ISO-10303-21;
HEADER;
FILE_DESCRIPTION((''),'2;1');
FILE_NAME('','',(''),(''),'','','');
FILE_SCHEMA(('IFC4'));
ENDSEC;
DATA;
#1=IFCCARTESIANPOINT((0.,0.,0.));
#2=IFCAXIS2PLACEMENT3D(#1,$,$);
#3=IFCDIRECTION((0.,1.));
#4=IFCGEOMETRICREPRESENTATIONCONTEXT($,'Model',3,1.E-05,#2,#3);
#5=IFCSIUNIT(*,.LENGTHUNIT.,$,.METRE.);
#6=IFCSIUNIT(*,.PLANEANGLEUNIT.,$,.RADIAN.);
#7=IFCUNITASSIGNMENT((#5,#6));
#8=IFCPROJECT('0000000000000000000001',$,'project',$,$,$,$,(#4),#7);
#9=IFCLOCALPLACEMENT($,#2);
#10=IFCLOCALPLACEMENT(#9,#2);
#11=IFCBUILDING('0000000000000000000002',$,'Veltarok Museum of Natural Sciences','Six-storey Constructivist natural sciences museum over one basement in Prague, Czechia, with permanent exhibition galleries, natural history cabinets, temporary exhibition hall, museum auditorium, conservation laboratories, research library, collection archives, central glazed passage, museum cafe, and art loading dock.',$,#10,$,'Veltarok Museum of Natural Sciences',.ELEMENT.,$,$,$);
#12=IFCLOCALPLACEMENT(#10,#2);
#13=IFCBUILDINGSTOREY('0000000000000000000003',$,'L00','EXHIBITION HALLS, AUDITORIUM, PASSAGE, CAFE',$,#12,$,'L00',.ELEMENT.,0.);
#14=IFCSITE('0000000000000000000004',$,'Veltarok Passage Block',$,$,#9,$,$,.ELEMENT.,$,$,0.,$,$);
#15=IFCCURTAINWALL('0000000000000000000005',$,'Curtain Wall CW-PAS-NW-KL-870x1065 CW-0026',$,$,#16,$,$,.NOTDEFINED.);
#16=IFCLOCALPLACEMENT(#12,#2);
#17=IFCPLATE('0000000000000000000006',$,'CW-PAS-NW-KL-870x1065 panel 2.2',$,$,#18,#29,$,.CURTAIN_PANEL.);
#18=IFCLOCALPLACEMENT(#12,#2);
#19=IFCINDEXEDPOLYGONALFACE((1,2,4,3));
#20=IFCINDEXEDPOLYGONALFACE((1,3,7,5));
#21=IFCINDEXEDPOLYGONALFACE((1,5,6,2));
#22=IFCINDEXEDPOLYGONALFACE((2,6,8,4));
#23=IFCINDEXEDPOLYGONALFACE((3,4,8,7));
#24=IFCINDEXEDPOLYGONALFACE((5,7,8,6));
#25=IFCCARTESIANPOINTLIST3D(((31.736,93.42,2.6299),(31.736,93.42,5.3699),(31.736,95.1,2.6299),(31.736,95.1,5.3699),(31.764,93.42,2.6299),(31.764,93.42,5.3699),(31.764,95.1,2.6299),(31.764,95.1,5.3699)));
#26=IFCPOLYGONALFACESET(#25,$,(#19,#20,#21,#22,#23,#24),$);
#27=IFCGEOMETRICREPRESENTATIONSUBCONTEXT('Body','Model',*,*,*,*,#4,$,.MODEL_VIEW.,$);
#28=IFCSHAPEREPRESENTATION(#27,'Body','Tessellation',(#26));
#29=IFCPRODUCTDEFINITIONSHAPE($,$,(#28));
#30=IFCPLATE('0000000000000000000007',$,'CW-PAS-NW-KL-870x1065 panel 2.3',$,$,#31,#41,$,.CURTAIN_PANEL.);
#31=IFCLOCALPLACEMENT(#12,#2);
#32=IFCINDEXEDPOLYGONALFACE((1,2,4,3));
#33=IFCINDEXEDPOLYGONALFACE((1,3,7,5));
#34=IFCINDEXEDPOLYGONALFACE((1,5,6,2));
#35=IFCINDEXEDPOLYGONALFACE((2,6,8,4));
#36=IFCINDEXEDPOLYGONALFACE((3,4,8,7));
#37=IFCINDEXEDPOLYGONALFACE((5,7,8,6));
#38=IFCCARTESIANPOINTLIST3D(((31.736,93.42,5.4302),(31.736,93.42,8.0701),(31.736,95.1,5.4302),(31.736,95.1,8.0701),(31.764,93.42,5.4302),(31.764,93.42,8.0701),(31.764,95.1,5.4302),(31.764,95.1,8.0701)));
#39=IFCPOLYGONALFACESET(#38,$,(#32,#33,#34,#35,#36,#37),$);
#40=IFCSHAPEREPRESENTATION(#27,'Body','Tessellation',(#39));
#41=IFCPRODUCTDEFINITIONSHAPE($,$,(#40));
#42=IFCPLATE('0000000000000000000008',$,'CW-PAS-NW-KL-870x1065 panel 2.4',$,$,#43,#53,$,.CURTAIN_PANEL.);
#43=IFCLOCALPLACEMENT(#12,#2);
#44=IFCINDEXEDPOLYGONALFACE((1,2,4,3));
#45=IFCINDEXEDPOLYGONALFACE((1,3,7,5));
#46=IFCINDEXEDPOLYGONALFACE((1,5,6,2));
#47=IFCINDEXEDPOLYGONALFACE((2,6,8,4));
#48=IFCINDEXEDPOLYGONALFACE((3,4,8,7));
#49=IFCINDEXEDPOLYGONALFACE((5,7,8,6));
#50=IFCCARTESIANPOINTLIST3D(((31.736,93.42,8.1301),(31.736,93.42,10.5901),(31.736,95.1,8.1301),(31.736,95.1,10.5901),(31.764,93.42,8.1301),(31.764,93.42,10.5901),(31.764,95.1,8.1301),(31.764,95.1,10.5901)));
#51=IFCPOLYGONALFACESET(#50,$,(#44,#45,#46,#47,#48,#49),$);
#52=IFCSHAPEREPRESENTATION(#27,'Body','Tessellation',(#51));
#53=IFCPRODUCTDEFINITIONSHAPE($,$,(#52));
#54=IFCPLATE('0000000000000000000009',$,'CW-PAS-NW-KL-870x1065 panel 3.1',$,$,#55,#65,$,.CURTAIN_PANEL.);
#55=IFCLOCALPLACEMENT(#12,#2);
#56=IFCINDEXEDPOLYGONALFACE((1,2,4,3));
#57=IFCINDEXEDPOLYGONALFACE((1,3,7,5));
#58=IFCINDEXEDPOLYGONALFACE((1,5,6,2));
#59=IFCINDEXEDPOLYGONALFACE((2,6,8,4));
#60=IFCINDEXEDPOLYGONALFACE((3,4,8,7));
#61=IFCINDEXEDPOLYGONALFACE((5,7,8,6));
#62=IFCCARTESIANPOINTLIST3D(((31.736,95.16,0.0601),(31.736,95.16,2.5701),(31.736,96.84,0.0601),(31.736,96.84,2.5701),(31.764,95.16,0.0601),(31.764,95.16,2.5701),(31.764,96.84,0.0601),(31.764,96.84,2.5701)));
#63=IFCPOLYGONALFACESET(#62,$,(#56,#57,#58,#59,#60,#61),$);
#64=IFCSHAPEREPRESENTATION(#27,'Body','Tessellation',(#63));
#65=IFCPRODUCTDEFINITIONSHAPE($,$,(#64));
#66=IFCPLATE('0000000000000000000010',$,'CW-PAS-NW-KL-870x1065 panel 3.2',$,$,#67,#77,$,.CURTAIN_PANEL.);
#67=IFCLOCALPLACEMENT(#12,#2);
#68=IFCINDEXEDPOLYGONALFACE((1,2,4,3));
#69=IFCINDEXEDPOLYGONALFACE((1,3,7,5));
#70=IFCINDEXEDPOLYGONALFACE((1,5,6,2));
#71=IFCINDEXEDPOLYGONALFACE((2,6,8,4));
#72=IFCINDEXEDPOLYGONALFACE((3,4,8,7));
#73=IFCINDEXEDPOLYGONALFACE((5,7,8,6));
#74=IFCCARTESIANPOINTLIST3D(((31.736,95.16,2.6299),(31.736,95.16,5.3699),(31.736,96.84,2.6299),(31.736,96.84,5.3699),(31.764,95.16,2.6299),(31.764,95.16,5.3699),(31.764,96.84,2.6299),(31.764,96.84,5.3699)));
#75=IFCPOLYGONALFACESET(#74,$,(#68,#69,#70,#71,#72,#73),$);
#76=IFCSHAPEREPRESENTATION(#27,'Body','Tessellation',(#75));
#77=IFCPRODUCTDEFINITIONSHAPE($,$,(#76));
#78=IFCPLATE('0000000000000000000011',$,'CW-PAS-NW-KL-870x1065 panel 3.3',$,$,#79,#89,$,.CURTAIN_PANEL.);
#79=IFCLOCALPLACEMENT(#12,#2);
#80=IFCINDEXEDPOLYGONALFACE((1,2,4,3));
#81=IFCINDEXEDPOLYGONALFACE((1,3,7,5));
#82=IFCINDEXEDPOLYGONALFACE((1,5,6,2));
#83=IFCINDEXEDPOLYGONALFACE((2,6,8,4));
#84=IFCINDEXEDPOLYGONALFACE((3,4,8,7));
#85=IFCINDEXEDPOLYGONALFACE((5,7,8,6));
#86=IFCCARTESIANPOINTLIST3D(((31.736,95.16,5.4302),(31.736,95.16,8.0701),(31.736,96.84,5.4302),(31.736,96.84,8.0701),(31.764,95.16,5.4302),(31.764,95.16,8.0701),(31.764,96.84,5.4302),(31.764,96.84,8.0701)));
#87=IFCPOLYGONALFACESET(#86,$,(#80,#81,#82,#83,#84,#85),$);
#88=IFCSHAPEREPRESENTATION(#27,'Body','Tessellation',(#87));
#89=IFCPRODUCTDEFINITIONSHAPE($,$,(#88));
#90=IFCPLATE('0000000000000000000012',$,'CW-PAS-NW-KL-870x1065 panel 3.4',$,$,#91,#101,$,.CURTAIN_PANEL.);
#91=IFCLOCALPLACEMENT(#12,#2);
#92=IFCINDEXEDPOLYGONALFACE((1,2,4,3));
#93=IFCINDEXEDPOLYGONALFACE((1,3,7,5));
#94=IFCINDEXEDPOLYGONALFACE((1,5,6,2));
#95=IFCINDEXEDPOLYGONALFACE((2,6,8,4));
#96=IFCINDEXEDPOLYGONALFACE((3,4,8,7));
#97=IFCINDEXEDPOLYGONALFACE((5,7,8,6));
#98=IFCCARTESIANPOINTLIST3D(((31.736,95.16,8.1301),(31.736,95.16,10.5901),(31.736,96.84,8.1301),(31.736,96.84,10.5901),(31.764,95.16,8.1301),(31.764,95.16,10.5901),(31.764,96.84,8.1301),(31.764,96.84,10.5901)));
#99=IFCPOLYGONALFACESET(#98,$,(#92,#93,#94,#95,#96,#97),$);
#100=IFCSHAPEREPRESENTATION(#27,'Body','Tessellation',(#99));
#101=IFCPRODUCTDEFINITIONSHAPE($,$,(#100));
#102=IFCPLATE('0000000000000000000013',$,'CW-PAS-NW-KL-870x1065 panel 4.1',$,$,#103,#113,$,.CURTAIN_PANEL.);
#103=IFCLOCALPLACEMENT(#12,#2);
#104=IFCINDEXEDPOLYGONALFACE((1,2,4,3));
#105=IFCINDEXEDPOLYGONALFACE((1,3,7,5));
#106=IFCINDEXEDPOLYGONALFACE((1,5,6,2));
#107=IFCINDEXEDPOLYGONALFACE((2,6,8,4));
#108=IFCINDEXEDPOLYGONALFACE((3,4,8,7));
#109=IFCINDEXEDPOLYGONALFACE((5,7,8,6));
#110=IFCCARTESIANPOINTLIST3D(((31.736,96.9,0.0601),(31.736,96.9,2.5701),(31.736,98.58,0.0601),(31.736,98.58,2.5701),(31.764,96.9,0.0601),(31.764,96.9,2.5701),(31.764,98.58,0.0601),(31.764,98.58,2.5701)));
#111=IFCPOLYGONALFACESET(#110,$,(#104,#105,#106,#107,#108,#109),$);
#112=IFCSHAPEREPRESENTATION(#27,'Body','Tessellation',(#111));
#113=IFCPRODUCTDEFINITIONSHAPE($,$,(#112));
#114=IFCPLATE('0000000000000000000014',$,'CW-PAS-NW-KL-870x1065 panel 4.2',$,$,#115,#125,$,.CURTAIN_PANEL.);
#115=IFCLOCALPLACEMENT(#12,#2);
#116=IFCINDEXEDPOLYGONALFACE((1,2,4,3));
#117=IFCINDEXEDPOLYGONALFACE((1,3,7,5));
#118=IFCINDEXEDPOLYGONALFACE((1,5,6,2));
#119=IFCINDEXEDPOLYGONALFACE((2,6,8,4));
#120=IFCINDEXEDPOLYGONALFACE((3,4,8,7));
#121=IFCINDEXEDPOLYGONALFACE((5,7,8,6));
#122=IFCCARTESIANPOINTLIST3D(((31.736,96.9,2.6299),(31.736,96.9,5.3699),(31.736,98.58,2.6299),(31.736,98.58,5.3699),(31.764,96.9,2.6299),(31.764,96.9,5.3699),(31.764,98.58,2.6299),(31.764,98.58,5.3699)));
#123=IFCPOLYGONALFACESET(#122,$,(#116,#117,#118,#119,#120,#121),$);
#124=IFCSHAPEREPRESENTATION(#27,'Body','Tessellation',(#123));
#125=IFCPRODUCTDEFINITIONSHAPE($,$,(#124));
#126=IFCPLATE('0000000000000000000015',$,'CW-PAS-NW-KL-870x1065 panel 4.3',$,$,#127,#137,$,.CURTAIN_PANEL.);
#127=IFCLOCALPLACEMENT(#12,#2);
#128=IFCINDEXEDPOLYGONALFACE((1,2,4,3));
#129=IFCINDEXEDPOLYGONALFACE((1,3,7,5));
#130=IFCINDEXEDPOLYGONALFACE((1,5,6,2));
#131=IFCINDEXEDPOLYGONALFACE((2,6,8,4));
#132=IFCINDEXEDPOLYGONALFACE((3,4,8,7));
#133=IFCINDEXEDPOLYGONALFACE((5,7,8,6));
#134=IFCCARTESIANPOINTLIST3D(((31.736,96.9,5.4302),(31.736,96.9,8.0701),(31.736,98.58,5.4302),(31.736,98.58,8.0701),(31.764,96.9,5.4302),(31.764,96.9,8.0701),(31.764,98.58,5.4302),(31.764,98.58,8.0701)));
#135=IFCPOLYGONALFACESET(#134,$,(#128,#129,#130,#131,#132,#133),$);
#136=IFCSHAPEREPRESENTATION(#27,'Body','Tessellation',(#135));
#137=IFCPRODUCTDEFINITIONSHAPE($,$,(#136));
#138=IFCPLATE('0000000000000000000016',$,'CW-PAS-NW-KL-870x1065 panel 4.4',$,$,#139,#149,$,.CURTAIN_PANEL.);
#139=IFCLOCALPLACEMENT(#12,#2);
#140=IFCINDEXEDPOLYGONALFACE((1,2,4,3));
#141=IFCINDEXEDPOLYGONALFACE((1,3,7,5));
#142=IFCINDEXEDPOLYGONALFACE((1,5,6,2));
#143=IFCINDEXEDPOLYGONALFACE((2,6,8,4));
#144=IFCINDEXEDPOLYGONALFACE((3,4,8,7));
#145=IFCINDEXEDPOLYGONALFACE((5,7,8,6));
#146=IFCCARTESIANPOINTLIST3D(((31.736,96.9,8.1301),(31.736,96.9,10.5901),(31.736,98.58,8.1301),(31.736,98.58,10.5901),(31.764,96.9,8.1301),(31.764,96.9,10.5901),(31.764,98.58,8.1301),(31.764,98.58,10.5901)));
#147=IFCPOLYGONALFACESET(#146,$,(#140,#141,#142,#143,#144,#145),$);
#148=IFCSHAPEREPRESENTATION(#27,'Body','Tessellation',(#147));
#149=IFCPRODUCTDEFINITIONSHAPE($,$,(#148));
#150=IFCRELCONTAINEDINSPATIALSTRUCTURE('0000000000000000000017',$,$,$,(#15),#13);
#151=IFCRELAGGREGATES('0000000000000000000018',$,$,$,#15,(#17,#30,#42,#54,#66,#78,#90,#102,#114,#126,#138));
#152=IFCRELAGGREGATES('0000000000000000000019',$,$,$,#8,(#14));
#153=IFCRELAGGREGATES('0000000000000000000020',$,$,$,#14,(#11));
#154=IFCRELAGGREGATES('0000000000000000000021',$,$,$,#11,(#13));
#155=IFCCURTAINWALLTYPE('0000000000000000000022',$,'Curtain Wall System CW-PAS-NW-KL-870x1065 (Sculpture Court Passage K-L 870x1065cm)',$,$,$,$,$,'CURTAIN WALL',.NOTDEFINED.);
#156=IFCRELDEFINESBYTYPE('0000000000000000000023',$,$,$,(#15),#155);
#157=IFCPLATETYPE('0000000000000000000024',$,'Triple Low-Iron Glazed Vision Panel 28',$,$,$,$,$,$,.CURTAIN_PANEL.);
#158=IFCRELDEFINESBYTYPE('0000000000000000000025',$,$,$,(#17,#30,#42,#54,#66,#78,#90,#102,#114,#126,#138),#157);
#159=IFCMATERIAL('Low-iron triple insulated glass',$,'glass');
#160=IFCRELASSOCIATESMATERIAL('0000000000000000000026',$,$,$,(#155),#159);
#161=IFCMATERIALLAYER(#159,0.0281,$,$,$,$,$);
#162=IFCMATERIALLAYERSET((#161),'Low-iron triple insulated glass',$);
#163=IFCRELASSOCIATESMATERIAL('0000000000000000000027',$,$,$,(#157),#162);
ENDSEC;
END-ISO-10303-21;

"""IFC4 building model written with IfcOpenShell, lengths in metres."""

from ifc_helpers import new_model, si_unit, direction, frame, origin, origin_2d, place, context, subcontext, project, spatial, rectangle, extrude, material, layer, layer_set, type_object, element, aggregate, save


model = new_model("IFC4")

# Units and contexts
model_context = context("Model", 3, precision=1e-05, world=origin(), true_north=direction((0.0, 1.0)))
body_context = subcontext(model_context, "Body", "Model", "MODEL_VIEW")
ifc_project = project(units=[si_unit("LENGTHUNIT", "METRE"), si_unit("PLANEANGLEUNIT", "RADIAN")], contexts=[model_context])

# Site, building, storey
site_placement = place(None, origin())
site = spatial("IfcSite", under=ifc_project, at=site_placement, Name="Veltarok Passage Block", CompositionType="ELEMENT", RefElevation=0.0)
building_placement = place(site_placement, origin())
building = spatial("IfcBuilding", under=site, at=building_placement, Name="Veltarok Museum of Natural Sciences", Description="Six-storey Constructivist natural sciences museum over one basement in Prague, Czechia, with permanent exhibition galleries, natural history cabinets, temporary exhibition hall, museum auditorium, conservation laboratories, research library, collection archives, central glazed passage, museum cafe, and art loading dock.", LongName="Veltarok Museum of Natural Sciences", CompositionType="ELEMENT")
storey_placement = place(building_placement, origin())
storey = spatial("IfcBuildingStorey", under=building, at=storey_placement, Name="L00", Description="EXHIBITION HALLS, AUDITORIUM, PASSAGE, CAFE", LongName="L00", CompositionType="ELEMENT", Elevation=0.0)

# Curtain wall
ifc_material_1 = material(Name="Low-iron triple insulated glass", Category="glass")
curtain_wall_type_1 = type_object("IfcCurtainWallType", Name="Curtain Wall System CW-PAS-NW-KL-870x1065 (Sculpture Court Passage K-L 870x1065cm)", ElementType="CURTAIN WALL", PredefinedType="NOTDEFINED", material=ifc_material_1)
curtain_wall_1_placement = place(storey_placement, origin())
curtain_wall_1 = element("IfcCurtainWall", 1, at=curtain_wall_1_placement, inside=storey, type_object=curtain_wall_type_1, Name="Curtain Wall CW-PAS-NW-KL-870x1065 CW-0026", PredefinedType="NOTDEFINED")

# Plates
ifc_layer = layer(ifc_material_1, 0.0281)
ifc_layer_set = layer_set([ifc_layer], Name="Low-iron triple insulated glass")
plate_type = type_object("IfcPlateType", Name="Triple Low-Iron Glazed Vision Panel 28", PredefinedType="CURTAIN_PANEL", material=ifc_layer_set)
plate_1_placement = place(storey_placement, frame((31.75, 94.26, 2.6299), z_axis=(0.0, 0.0, 1.0), x_axis=(0.0, 1.0, 0.0)))
plate_1 = element("IfcPlate", 2, at=plate_1_placement, type_object=plate_type, Name="CW-PAS-NW-KL-870x1065 panel 2.2", PredefinedType="CURTAIN_PANEL", context=body_context, shape_type="SweptSolid", body=[
    extrude(rectangle(XDim=1.6799, YDim=0.0281, at=origin_2d()), origin(), (0.0, 0.0, 1.0), 2.74),
])
plate_2_placement = place(storey_placement, frame((31.75, 94.26, 5.4302), z_axis=(0.0, 0.0, 1.0), x_axis=(0.0, 1.0, 0.0)))
plate_2 = element("IfcPlate", 3, at=plate_2_placement, type_object=plate_type, Name="CW-PAS-NW-KL-870x1065 panel 2.3", PredefinedType="CURTAIN_PANEL", context=body_context, shape_type="SweptSolid", body=[
    extrude(rectangle(XDim=1.6799, YDim=0.0281, at=origin_2d()), origin(), (0.0, 0.0, 1.0), 2.6399),
])
plate_3_placement = place(storey_placement, frame((31.75, 94.26, 8.1301), z_axis=(0.0, 0.0, 1.0), x_axis=(0.0, 1.0, 0.0)))
plate_3 = element("IfcPlate", 4, at=plate_3_placement, type_object=plate_type, Name="CW-PAS-NW-KL-870x1065 panel 2.4", PredefinedType="CURTAIN_PANEL", context=body_context, shape_type="SweptSolid", body=[
    extrude(rectangle(XDim=1.6799, YDim=0.0281, at=origin_2d()), origin(), (0.0, 0.0, 1.0), 2.46),
])
plate_4_placement = place(storey_placement, frame((31.75, 96.0, 0.0601), z_axis=(0.0, 0.0, 1.0), x_axis=(0.0, 1.0, 0.0)))
plate_4 = element("IfcPlate", 5, at=plate_4_placement, type_object=plate_type, Name="CW-PAS-NW-KL-870x1065 panel 3.1", PredefinedType="CURTAIN_PANEL", context=body_context, shape_type="SweptSolid", body=[
    extrude(rectangle(XDim=1.6799, YDim=0.0281, at=origin_2d()), origin(), (0.0, 0.0, 1.0), 2.51),
])
plate_5_placement = place(storey_placement, frame((31.75, 96.0, 2.6299), z_axis=(0.0, 0.0, 1.0), x_axis=(0.0, 1.0, 0.0)))
plate_5 = element("IfcPlate", 6, at=plate_5_placement, type_object=plate_type, Name="CW-PAS-NW-KL-870x1065 panel 3.2", PredefinedType="CURTAIN_PANEL", context=body_context, shape_type="SweptSolid", body=[
    extrude(rectangle(XDim=1.6799, YDim=0.0281, at=origin_2d()), origin(), (0.0, 0.0, 1.0), 2.74),
])
plate_6_placement = place(storey_placement, frame((31.75, 96.0, 5.4302), z_axis=(0.0, 0.0, 1.0), x_axis=(0.0, 1.0, 0.0)))
plate_6 = element("IfcPlate", 7, at=plate_6_placement, type_object=plate_type, Name="CW-PAS-NW-KL-870x1065 panel 3.3", PredefinedType="CURTAIN_PANEL", context=body_context, shape_type="SweptSolid", body=[
    extrude(rectangle(XDim=1.6799, YDim=0.0281, at=origin_2d()), origin(), (0.0, 0.0, 1.0), 2.6399),
])
plate_7_placement = place(storey_placement, frame((31.75, 96.0, 8.1301), z_axis=(0.0, 0.0, 1.0), x_axis=(0.0, 1.0, 0.0)))
plate_7 = element("IfcPlate", 8, at=plate_7_placement, type_object=plate_type, Name="CW-PAS-NW-KL-870x1065 panel 3.4", PredefinedType="CURTAIN_PANEL", context=body_context, shape_type="SweptSolid", body=[
    extrude(rectangle(XDim=1.6799, YDim=0.0281, at=origin_2d()), origin(), (0.0, 0.0, 1.0), 2.46),
])
plate_8_placement = place(storey_placement, frame((31.75, 97.74, 0.0601), z_axis=(0.0, 0.0, 1.0), x_axis=(0.0, 1.0, 0.0)))
plate_8 = element("IfcPlate", 9, at=plate_8_placement, type_object=plate_type, Name="CW-PAS-NW-KL-870x1065 panel 4.1", PredefinedType="CURTAIN_PANEL", context=body_context, shape_type="SweptSolid", body=[
    extrude(rectangle(XDim=1.6799, YDim=0.0281, at=origin_2d()), origin(), (0.0, 0.0, 1.0), 2.51),
])
plate_9_placement = place(storey_placement, frame((31.75, 97.74, 2.6299), z_axis=(0.0, 0.0, 1.0), x_axis=(0.0, 1.0, 0.0)))
plate_9 = element("IfcPlate", 10, at=plate_9_placement, type_object=plate_type, Name="CW-PAS-NW-KL-870x1065 panel 4.2", PredefinedType="CURTAIN_PANEL", context=body_context, shape_type="SweptSolid", body=[
    extrude(rectangle(XDim=1.6799, YDim=0.0281, at=origin_2d()), origin(), (0.0, 0.0, 1.0), 2.74),
])
plate_10_placement = place(storey_placement, frame((31.75, 97.74, 5.4302), z_axis=(0.0, 0.0, 1.0), x_axis=(0.0, 1.0, 0.0)))
plate_10 = element("IfcPlate", 11, at=plate_10_placement, type_object=plate_type, Name="CW-PAS-NW-KL-870x1065 panel 4.3", PredefinedType="CURTAIN_PANEL", context=body_context, shape_type="SweptSolid", body=[
    extrude(rectangle(XDim=1.6799, YDim=0.0281, at=origin_2d()), origin(), (0.0, 0.0, 1.0), 2.6399),
])
plate_11_placement = place(storey_placement, frame((31.75, 97.74, 8.1301), z_axis=(0.0, 0.0, 1.0), x_axis=(0.0, 1.0, 0.0)))
plate_11 = element("IfcPlate", 12, at=plate_11_placement, type_object=plate_type, Name="CW-PAS-NW-KL-870x1065 panel 4.4", PredefinedType="CURTAIN_PANEL", context=body_context, shape_type="SweptSolid", body=[
    extrude(rectangle(XDim=1.6799, YDim=0.0281, at=origin_2d()), origin(), (0.0, 0.0, 1.0), 2.46),
])
aggregate(curtain_wall_1, [plate_1, plate_2, plate_3, plate_4, plate_5, plate_6, plate_7, plate_8, plate_9, plate_10, plate_11])

save(model, "model.ifc")
